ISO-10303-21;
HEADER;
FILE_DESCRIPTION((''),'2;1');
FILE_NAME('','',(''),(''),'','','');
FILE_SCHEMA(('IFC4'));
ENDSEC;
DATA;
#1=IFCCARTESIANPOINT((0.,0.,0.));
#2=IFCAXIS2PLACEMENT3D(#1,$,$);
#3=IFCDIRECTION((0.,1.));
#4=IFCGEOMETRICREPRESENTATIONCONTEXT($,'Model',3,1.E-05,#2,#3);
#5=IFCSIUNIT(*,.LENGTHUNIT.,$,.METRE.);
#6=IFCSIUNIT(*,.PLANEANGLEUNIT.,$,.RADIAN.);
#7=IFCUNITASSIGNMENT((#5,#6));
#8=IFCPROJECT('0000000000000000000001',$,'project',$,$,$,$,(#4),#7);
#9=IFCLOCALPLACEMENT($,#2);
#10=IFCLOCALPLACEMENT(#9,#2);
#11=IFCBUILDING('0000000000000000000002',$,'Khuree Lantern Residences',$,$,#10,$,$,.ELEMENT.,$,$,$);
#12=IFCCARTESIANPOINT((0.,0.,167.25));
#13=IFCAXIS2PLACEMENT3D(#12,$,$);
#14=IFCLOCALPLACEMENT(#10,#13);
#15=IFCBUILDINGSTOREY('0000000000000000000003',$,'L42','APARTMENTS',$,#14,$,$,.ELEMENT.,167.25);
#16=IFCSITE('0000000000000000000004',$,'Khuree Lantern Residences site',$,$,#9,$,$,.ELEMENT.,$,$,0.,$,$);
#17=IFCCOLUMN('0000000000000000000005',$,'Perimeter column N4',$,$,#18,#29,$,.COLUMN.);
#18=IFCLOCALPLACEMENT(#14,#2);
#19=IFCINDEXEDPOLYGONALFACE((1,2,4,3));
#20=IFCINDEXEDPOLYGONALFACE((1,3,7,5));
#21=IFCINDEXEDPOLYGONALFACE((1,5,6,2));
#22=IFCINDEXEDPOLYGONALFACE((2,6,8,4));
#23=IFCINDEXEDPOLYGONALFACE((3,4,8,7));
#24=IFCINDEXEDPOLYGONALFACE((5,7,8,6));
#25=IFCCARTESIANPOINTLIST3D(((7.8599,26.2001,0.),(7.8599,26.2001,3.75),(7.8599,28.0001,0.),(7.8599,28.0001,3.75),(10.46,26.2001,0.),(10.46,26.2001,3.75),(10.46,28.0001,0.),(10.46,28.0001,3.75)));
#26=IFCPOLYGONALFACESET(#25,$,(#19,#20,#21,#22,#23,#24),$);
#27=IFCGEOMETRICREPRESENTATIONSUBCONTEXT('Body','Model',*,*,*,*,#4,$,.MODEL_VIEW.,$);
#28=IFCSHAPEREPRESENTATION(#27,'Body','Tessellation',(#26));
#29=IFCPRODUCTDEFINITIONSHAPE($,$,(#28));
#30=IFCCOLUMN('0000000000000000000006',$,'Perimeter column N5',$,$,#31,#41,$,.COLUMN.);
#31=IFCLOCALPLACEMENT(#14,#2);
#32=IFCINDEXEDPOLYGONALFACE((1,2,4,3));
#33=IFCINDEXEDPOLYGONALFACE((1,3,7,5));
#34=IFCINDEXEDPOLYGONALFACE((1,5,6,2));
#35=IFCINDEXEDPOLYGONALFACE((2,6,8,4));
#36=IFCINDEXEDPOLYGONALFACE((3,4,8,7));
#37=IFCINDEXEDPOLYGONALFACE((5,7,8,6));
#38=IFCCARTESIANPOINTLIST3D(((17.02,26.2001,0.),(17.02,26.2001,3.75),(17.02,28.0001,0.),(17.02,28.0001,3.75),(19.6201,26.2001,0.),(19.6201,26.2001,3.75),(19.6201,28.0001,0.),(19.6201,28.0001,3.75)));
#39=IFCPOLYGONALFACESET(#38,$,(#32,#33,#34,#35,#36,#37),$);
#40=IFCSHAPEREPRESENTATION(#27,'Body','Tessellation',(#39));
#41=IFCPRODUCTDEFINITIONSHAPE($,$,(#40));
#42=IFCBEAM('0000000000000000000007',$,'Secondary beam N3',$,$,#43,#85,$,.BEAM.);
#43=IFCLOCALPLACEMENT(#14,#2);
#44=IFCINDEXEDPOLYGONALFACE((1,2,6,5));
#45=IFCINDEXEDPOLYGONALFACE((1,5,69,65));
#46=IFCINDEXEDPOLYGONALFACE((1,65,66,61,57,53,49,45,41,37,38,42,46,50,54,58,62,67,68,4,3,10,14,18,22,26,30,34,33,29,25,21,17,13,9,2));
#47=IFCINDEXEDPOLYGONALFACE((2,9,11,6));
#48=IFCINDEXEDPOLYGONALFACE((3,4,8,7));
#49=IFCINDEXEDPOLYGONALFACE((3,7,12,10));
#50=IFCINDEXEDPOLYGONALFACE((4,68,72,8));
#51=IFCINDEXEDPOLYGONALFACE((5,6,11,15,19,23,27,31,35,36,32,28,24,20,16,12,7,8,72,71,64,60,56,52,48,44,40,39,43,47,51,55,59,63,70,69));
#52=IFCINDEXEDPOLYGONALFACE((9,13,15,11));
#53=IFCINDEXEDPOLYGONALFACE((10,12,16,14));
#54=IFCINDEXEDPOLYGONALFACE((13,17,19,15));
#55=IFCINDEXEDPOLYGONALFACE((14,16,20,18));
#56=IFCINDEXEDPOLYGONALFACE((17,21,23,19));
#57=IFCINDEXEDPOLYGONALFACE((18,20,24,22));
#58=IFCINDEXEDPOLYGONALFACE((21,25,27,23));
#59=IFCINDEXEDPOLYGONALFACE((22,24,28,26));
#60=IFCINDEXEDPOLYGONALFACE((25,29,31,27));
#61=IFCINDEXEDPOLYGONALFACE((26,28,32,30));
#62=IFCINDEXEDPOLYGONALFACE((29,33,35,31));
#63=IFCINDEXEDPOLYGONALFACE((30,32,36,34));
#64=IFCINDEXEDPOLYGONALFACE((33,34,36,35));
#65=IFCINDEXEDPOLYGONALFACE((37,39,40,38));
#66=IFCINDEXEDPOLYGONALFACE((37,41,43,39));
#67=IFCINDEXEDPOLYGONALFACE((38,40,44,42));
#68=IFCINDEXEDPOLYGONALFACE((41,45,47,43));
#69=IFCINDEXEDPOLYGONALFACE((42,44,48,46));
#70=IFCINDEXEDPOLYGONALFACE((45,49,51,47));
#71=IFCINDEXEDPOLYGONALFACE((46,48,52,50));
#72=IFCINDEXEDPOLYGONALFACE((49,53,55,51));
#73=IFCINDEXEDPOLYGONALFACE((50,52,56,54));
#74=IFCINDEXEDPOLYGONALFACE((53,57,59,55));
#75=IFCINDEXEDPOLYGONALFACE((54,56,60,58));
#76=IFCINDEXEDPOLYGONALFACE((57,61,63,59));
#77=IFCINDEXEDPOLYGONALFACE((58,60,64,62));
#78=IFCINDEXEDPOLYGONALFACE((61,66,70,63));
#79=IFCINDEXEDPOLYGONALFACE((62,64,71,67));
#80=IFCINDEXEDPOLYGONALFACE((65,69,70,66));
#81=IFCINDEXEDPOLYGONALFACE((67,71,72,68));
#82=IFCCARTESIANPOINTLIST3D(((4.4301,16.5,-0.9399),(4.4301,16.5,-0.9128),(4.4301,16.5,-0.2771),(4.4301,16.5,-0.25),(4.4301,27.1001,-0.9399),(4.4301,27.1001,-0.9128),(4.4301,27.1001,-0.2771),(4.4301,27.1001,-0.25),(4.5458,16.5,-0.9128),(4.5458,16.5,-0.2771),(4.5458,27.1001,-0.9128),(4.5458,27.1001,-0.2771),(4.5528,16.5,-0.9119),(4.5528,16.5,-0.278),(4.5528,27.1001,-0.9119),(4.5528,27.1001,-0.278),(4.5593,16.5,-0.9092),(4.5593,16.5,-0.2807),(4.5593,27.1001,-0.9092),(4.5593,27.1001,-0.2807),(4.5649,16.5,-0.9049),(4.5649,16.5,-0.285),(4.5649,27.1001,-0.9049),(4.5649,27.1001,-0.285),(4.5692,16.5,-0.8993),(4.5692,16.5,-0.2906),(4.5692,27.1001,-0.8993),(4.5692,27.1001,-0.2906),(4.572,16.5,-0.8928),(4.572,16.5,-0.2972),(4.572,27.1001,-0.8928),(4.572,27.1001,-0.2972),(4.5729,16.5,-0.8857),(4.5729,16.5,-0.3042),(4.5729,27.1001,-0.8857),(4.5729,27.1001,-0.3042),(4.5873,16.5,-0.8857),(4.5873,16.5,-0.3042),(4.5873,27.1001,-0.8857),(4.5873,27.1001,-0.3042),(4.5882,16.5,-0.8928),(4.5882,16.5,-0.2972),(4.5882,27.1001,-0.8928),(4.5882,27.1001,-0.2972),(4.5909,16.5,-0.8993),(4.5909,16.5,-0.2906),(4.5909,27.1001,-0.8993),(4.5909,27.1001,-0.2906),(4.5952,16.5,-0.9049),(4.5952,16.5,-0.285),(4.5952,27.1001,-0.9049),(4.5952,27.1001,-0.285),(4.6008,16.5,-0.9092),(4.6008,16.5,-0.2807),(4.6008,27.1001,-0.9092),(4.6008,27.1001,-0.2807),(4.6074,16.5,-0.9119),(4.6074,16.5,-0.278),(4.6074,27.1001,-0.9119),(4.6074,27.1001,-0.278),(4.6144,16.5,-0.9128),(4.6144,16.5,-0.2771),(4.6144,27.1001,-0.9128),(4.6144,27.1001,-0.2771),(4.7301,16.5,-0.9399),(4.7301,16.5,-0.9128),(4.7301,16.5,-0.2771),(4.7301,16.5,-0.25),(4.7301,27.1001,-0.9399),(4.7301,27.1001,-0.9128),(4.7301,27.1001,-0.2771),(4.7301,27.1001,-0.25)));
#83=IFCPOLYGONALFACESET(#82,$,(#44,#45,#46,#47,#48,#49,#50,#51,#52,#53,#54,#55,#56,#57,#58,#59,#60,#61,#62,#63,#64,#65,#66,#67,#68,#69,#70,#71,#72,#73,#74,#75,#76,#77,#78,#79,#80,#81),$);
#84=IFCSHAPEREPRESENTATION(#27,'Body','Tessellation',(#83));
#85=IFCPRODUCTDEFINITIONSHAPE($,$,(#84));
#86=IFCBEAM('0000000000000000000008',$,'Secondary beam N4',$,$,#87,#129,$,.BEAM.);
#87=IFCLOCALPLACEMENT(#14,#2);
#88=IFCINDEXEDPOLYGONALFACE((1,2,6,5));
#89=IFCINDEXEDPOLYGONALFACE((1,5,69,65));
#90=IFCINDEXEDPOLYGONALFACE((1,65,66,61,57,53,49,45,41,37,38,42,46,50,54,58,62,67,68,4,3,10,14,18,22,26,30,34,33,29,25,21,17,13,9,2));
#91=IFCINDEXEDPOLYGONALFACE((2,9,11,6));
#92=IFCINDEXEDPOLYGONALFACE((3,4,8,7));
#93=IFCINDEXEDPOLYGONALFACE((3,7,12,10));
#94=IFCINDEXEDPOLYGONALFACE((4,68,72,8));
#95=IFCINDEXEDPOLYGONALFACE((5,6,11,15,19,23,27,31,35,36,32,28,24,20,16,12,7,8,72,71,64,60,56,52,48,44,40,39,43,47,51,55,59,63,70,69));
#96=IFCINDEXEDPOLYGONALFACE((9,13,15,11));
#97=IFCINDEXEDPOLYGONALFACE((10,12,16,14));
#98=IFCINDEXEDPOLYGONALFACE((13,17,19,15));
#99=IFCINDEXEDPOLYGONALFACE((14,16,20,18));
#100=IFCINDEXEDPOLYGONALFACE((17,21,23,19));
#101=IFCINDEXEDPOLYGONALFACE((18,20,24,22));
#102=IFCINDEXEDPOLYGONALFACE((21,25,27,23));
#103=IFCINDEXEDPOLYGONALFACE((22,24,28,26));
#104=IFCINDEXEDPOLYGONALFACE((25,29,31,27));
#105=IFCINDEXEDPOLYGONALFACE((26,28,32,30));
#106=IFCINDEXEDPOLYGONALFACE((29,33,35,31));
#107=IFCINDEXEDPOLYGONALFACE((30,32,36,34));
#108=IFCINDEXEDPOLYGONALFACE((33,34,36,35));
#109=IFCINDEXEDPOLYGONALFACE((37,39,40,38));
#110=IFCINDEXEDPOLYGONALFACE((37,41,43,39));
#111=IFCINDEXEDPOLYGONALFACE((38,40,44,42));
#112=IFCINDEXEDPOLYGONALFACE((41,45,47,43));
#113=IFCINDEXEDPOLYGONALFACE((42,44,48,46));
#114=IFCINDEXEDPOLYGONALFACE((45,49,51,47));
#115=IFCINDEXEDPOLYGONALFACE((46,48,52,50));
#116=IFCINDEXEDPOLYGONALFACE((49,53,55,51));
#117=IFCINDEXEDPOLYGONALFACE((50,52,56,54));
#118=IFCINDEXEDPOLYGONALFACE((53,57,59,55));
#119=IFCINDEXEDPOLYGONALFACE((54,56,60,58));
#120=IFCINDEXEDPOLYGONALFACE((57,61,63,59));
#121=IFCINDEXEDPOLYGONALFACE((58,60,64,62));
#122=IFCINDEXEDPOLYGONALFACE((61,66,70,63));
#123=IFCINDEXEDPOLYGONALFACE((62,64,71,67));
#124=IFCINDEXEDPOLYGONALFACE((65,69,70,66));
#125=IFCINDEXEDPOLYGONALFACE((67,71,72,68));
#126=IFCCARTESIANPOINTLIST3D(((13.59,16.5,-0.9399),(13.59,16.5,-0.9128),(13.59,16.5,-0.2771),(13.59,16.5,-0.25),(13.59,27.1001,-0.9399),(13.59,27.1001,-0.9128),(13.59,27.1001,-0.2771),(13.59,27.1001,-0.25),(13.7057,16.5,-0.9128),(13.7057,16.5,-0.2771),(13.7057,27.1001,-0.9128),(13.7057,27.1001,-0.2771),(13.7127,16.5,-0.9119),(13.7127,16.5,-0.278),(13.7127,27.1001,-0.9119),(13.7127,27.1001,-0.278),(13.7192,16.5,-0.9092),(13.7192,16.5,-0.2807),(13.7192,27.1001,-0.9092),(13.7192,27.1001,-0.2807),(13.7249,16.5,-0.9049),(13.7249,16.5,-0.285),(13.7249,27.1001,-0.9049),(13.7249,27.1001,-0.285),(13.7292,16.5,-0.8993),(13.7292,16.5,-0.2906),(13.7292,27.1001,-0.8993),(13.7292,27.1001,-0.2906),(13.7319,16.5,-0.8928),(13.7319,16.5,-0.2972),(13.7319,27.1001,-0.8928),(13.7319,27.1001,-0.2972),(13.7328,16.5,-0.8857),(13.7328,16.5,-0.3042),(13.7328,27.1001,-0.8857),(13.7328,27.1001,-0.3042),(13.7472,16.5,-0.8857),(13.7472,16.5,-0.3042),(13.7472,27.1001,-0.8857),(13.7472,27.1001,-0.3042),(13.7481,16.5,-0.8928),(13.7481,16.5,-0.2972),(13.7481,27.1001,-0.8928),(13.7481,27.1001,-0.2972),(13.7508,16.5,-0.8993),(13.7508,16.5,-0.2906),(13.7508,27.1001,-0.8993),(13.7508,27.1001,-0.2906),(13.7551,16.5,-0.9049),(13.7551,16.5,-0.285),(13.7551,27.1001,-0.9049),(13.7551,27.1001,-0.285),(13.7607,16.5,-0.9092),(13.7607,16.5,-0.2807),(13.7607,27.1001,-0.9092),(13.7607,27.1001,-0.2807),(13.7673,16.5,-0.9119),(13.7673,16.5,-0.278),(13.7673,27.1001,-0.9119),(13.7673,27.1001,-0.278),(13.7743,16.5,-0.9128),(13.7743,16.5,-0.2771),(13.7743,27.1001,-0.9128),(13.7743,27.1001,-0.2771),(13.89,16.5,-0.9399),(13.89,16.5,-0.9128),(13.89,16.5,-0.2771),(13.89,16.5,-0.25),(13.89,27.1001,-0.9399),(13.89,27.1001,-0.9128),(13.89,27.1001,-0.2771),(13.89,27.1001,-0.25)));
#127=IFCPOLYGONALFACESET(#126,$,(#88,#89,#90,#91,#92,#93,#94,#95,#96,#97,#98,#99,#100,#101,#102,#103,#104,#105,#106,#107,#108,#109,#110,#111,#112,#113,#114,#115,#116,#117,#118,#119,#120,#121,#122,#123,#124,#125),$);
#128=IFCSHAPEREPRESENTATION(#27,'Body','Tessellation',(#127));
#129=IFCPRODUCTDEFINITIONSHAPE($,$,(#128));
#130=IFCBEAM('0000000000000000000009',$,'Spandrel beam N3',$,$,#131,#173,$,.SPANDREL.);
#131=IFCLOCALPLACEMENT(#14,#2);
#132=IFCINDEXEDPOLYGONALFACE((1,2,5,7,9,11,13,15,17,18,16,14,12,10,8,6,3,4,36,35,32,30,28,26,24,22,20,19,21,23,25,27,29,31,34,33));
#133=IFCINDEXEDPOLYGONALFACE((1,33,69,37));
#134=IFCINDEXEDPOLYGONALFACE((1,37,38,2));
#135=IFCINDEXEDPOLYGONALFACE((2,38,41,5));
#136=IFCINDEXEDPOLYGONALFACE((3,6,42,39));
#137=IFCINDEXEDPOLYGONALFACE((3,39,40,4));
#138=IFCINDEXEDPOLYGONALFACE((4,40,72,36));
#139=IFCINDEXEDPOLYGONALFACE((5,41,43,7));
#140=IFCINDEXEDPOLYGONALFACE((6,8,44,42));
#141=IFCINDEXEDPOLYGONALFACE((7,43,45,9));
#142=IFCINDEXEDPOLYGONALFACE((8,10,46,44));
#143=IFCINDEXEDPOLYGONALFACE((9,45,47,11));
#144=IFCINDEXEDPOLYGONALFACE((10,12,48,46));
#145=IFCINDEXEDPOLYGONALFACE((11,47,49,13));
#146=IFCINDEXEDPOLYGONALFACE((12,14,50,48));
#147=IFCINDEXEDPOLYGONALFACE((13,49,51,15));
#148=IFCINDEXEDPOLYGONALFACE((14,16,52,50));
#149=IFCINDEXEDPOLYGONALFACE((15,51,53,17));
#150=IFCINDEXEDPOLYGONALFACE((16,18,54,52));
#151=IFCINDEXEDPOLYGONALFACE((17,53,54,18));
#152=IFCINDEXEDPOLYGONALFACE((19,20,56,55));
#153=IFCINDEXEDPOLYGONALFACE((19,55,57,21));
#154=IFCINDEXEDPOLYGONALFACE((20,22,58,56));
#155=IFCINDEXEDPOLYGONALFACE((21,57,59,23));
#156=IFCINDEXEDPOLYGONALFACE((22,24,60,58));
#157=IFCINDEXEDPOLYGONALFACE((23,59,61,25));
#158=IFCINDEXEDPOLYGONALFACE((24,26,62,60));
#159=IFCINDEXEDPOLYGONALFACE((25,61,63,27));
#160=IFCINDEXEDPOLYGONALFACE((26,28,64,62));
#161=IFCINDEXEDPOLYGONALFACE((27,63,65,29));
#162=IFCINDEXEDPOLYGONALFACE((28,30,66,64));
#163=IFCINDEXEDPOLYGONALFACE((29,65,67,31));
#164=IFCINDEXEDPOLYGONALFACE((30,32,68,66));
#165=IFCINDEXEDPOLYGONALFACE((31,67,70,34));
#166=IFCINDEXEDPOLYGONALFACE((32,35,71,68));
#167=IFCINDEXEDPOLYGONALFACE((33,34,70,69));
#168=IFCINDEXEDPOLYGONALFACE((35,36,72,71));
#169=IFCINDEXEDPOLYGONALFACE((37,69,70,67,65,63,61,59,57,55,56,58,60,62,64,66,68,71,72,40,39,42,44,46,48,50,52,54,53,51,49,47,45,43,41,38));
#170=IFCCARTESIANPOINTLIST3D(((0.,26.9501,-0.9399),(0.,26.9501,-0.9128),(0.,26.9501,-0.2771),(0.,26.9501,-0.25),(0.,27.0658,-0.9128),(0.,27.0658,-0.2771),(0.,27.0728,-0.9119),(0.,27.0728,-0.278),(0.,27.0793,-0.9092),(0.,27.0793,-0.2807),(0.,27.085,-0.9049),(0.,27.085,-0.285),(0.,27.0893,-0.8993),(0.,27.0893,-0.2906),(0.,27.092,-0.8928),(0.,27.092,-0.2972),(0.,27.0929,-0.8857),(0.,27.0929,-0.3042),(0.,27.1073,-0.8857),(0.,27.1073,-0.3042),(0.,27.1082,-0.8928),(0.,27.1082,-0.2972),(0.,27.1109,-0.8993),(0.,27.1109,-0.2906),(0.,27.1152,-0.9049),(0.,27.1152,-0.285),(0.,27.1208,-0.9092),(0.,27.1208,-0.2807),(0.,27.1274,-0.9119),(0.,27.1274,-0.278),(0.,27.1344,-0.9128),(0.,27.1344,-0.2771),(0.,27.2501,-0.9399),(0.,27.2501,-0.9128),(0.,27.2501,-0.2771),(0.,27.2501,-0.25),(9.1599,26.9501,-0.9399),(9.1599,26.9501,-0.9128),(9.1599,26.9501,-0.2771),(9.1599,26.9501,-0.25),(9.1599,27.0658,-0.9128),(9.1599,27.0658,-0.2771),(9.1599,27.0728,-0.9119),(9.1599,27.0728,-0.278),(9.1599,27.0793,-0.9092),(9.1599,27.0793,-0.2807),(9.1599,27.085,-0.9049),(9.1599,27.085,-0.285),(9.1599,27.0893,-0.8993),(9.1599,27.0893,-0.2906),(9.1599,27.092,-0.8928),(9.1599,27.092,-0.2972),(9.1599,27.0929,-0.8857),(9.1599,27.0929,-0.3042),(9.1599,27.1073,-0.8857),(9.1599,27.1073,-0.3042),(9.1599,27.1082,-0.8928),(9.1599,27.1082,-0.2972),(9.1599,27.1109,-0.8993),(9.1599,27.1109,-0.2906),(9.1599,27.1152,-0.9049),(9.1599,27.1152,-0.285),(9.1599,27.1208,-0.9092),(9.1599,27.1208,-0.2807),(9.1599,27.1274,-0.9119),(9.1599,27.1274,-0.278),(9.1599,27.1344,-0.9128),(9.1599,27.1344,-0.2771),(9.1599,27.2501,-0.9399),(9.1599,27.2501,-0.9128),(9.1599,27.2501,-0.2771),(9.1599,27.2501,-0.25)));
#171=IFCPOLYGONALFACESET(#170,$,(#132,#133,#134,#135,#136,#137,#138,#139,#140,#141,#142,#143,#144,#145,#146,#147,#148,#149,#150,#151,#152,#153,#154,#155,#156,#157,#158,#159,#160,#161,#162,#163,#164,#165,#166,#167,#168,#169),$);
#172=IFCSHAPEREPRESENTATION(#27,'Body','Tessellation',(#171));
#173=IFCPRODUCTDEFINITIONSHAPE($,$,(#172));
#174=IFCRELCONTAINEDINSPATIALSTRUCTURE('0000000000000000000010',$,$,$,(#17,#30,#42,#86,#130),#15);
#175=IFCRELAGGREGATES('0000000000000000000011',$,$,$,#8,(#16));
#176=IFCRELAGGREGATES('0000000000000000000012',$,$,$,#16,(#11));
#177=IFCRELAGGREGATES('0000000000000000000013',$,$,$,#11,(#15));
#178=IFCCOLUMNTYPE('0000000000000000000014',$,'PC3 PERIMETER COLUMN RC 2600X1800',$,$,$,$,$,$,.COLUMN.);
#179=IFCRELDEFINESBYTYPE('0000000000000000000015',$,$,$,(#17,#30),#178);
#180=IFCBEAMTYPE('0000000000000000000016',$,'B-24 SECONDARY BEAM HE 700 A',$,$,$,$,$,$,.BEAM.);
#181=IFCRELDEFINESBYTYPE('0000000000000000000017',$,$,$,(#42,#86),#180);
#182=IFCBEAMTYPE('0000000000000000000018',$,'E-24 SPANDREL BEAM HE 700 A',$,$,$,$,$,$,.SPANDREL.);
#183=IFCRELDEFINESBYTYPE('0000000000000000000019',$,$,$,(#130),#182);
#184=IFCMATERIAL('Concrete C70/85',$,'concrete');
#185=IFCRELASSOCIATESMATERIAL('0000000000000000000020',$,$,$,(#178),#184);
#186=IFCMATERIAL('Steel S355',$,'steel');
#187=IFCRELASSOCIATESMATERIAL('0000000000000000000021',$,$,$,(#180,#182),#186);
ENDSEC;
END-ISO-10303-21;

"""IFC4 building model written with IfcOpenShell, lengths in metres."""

from ifc_helpers import new_model, si_unit, direction, frame, origin, origin_2d, place, context, subcontext, project, spatial, rectangle, i_section, extrude, material, material_profile, profile_set, type_object, element, save


model = new_model("IFC4")

# Units and contexts
model_context = context("Model", 3, precision=1e-05, world=origin(), true_north=direction((0.0, 1.0)))
body_context = subcontext(model_context, "Body", "Model", "MODEL_VIEW")
ifc_project = project(units=[si_unit("LENGTHUNIT", "METRE"), si_unit("PLANEANGLEUNIT", "RADIAN")], contexts=[model_context])

# Site, building, storey
site_placement = place(None, origin())
site = spatial("IfcSite", under=ifc_project, at=site_placement, Name="Khuree Lantern Residences site", CompositionType="ELEMENT", RefElevation=0.0)
building_placement = place(site_placement, origin())
building = spatial("IfcBuilding", under=site, at=building_placement, Name="Khuree Lantern Residences", CompositionType="ELEMENT")
storey_placement = place(building_placement, frame((0.0, 0.0, 167.25)))
storey = spatial("IfcBuildingStorey", under=building, at=storey_placement, Name="L42", Description="APARTMENTS", CompositionType="ELEMENT", Elevation=167.25)

# Columns
ifc_material_1 = material(Name="Concrete C70/85", Category="concrete")
ifc_material_profile_1 = material_profile(ifc_material_1, rectangle(XDim=2.6001, YDim=1.8, at=origin_2d()), Name="RC 2600X1800")
ifc_profile_set_1 = profile_set([ifc_material_profile_1], Name="Concrete C70/85")
column_type = type_object("IfcColumnType", Name="PC3 PERIMETER COLUMN RC 2600X1800", PredefinedType="COLUMN", material=ifc_profile_set_1)
for number, where, z_axis, x_axis, name in (
    (1, (9.1599, 27.1001, 0.0), (0.0, 0.0, 1.0), (1.0, 0.0, 0.0), "Perimeter column N4"),
    (2, (18.3201, 27.1001, 0.0), (0.0, 0.0, 1.0), (1.0, 0.0, 0.0), "Perimeter column N5"),
):
    element("IfcColumn", number, at=place(storey_placement, frame(where, z_axis=z_axis, x_axis=x_axis)), inside=storey, type_object=column_type, Name=name, PredefinedType="COLUMN", context=body_context, shape_type="SweptSolid", body=[
        extrude(rectangle(XDim=2.6001, YDim=1.8, at=origin_2d()), origin(), (0.0, 0.0, 1.0), 3.75),
    ])

# Beams
ifc_material_2 = material(Name="Steel S355", Category="steel")
ifc_material_profile_2 = material_profile(ifc_material_2, i_section(OverallWidth=0.3, OverallDepth=0.6899, WebThickness=0.0144, FlangeThickness=0.0271, FilletRadius=0.0271, at=origin_2d()), Name="HE 700 A")
ifc_profile_set_2 = profile_set([ifc_material_profile_2], Name="Steel S355")
beam_type_1 = type_object("IfcBeamType", Name="B-24 SECONDARY BEAM HE 700 A", PredefinedType="BEAM", material=ifc_profile_set_2)
for number, where, z_axis, x_axis, name in (
    (3, (4.5801, 27.1001, -0.595), (0.0, -1.0, 0.0), (1.0, 0.0, 0.0), "Secondary beam N3"),
    (4, (13.74, 27.1001, -0.595), (0.0, -1.0, 0.0), (1.0, 0.0, 0.0), "Secondary beam N4"),
):
    element("IfcBeam", number, at=place(storey_placement, frame(where, z_axis=z_axis, x_axis=x_axis)), inside=storey, type_object=beam_type_1, Name=name, PredefinedType="BEAM", context=body_context, shape_type="SweptSolid", body=[
        extrude(i_section(OverallWidth=0.3, OverallDepth=0.6899, WebThickness=0.0144, FlangeThickness=0.0271, FilletRadius=0.0271, at=origin_2d()), origin(), (0.0, 0.0, 1.0), 10.6001),
    ])
ifc_material_profile_3 = material_profile(ifc_material_2, i_section(OverallWidth=0.3, OverallDepth=0.6899, WebThickness=0.0144, FlangeThickness=0.0271, FilletRadius=0.0271, at=origin_2d()), Name="HE 700 A")
ifc_profile_set_3 = profile_set([ifc_material_profile_3], Name="Steel S355")
beam_type_2 = type_object("IfcBeamType", Name="E-24 SPANDREL BEAM HE 700 A", PredefinedType="SPANDREL", material=ifc_profile_set_3)
beam_1_placement = place(storey_placement, frame((0.0, 27.1001, -0.595), z_axis=(1.0, 0.0, 0.0), x_axis=(0.0, 1.0, 0.0)))
element("IfcBeam", 5, at=beam_1_placement, inside=storey, type_object=beam_type_2, Name="Spandrel beam N3", PredefinedType="SPANDREL", context=body_context, shape_type="SweptSolid", body=[
    extrude(i_section(OverallWidth=0.3, OverallDepth=0.6899, WebThickness=0.0144, FlangeThickness=0.0271, FilletRadius=0.0271, at=origin_2d()), origin(), (0.0, 0.0, 1.0), 9.1599),
])

save(model, "model.ifc")
